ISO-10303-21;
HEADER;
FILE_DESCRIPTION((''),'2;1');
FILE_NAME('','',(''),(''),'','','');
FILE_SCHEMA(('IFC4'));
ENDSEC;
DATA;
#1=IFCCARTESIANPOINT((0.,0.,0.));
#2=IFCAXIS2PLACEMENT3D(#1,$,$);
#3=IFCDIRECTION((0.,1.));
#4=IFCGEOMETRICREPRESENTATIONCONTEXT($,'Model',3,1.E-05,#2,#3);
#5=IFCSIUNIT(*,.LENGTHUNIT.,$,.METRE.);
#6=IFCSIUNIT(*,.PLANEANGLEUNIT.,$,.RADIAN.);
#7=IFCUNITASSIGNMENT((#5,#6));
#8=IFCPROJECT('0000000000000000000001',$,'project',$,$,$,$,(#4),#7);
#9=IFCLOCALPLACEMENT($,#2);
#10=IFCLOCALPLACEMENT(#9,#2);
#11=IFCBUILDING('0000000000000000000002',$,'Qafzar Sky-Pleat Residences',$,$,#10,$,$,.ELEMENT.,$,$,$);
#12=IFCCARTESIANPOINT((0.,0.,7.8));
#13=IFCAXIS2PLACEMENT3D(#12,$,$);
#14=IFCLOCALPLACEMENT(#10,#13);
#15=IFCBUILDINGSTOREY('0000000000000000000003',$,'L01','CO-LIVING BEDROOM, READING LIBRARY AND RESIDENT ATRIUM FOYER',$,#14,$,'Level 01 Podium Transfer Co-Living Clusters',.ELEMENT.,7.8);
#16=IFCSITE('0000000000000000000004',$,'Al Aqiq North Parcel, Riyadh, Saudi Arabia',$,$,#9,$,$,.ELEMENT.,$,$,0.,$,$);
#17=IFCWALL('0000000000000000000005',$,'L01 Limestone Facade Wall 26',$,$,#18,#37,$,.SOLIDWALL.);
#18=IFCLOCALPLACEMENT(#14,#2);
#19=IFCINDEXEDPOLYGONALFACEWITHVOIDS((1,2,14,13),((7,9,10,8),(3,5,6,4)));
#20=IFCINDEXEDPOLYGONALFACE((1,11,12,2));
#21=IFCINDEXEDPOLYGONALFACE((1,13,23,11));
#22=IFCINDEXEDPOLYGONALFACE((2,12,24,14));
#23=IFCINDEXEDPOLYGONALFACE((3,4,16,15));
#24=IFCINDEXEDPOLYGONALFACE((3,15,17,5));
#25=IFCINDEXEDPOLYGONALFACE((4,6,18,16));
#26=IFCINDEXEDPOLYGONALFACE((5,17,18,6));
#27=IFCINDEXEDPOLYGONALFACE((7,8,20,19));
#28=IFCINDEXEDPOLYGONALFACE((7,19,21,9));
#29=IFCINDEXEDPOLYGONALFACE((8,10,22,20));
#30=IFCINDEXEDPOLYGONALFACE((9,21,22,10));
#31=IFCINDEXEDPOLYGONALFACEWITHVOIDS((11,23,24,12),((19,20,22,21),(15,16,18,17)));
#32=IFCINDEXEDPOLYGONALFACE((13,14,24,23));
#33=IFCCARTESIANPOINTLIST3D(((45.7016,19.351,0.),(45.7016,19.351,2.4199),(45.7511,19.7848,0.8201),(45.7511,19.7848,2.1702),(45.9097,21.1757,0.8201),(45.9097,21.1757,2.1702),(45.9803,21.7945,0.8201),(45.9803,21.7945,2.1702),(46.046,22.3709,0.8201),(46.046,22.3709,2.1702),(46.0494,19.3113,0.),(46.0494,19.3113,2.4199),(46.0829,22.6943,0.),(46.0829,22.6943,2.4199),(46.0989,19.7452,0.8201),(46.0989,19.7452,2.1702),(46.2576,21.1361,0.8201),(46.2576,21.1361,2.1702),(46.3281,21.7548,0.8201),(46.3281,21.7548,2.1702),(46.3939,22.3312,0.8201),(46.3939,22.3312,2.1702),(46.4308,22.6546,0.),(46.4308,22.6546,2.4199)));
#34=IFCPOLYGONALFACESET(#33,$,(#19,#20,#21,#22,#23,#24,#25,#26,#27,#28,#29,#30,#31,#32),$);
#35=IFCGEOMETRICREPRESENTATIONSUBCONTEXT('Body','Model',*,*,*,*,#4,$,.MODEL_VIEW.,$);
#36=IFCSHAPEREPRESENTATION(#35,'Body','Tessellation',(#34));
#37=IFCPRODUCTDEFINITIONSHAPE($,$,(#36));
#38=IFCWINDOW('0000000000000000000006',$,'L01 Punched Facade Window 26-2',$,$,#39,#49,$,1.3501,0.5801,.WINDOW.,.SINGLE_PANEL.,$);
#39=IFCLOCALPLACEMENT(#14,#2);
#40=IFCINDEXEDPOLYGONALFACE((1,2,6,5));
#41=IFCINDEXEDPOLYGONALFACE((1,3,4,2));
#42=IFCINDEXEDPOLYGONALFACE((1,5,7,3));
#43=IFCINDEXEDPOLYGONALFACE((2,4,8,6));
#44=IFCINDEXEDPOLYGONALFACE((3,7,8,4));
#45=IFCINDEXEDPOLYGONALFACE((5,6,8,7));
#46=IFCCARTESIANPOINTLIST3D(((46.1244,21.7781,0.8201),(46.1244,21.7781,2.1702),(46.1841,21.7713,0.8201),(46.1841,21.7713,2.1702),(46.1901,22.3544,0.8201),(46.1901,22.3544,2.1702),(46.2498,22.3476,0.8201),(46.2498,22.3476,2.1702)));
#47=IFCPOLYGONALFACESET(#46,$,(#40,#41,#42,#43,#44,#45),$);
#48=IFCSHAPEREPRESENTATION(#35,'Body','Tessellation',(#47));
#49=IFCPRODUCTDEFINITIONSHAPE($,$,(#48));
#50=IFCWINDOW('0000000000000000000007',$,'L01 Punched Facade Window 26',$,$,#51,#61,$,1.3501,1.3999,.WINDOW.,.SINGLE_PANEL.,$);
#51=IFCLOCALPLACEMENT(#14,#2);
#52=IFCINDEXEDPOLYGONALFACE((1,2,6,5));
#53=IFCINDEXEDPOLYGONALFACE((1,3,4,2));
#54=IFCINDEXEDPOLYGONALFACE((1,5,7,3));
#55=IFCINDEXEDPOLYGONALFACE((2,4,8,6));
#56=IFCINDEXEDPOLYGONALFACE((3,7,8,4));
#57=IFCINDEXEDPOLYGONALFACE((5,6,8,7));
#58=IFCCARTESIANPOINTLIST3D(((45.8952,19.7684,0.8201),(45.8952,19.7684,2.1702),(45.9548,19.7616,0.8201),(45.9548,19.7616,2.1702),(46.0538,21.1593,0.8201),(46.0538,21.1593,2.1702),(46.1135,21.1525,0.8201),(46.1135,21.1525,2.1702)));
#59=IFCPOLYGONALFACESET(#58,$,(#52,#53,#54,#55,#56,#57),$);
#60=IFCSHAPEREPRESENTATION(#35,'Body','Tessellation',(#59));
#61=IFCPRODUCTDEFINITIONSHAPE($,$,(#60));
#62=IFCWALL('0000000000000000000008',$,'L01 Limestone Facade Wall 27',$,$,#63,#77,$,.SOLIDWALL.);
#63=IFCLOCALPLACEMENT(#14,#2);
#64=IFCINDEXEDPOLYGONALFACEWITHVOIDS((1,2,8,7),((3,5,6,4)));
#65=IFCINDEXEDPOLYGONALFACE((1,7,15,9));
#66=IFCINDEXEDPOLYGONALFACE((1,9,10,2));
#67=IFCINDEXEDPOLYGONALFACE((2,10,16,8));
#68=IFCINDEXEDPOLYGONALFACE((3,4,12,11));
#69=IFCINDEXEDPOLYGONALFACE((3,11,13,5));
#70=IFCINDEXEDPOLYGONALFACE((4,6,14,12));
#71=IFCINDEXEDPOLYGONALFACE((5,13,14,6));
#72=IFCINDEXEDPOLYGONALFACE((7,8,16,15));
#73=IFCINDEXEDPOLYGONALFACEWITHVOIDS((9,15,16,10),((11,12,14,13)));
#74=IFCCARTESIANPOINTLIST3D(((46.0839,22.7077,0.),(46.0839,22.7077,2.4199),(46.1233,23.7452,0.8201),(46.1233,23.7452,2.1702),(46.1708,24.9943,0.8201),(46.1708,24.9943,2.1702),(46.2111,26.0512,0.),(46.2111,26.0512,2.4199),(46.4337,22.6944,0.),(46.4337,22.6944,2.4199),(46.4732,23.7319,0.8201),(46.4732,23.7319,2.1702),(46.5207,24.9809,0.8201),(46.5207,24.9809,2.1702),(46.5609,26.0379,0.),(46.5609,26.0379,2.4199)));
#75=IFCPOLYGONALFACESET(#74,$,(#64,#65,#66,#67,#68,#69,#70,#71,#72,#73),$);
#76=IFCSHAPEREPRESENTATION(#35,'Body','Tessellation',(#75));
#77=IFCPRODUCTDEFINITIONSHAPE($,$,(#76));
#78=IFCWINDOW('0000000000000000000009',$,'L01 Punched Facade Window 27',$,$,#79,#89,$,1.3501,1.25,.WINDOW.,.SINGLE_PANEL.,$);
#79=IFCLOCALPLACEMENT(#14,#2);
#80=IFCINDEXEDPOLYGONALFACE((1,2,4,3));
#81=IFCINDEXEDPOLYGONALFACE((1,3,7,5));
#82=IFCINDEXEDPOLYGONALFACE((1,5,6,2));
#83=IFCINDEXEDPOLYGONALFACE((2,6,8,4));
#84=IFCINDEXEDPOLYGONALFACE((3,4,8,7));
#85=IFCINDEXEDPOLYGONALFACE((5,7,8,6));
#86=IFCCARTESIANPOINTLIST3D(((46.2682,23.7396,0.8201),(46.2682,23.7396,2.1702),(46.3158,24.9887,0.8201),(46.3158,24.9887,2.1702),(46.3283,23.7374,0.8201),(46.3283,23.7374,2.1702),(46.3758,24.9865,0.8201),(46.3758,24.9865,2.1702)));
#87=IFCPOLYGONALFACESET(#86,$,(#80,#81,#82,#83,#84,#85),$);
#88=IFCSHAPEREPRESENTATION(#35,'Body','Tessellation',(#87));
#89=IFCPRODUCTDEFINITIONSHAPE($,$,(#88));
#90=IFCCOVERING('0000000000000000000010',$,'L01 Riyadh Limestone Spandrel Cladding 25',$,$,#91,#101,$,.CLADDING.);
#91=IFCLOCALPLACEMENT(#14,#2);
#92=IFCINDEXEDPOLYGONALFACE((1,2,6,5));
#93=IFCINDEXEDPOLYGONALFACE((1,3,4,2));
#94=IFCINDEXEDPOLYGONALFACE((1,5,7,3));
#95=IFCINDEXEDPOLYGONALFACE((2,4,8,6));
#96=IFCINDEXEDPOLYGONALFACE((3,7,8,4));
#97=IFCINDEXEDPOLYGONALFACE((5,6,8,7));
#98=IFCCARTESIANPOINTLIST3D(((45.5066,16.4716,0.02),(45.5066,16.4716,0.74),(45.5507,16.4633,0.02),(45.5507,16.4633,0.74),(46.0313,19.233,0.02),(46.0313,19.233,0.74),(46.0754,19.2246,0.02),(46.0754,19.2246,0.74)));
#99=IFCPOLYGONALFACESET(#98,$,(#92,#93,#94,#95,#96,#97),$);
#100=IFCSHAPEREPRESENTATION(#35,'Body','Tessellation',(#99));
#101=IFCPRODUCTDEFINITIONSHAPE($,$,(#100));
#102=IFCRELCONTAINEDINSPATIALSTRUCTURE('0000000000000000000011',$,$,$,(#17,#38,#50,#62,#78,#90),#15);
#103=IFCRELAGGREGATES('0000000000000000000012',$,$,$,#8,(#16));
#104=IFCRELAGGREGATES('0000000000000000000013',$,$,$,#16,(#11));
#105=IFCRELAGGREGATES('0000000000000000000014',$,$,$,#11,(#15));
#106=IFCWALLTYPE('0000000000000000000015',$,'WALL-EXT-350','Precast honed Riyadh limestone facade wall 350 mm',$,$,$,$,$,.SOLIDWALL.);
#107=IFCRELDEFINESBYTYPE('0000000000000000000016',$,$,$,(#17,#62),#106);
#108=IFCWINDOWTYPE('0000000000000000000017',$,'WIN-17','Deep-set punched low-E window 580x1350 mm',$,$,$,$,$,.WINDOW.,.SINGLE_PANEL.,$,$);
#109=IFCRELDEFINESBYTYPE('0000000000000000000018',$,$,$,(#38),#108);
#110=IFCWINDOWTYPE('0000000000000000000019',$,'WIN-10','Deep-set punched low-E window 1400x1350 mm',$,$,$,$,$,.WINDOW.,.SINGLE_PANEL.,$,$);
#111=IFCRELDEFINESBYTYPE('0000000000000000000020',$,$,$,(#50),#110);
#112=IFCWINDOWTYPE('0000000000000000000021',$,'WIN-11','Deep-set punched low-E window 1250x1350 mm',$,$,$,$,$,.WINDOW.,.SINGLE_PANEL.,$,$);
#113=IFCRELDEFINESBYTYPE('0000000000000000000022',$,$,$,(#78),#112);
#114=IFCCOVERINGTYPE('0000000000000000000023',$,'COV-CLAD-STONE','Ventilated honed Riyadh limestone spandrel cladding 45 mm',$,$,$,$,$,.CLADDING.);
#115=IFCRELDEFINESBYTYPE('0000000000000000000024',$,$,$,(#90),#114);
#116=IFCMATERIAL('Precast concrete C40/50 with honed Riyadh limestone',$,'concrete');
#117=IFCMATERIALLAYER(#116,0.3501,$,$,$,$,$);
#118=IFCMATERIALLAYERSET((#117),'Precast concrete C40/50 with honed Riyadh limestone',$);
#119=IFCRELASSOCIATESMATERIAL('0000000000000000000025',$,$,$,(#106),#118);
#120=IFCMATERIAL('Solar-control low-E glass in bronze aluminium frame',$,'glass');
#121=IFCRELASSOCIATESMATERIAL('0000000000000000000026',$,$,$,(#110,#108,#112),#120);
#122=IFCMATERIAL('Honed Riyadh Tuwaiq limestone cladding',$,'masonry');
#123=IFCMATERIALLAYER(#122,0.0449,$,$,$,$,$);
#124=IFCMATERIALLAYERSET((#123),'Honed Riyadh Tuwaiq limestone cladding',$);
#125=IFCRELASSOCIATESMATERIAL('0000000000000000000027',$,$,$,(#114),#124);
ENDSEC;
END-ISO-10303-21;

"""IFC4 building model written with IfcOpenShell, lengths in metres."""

from ifc_helpers import new_model, si_unit, direction, frame, frame_2d, origin, origin_2d, place, context, subcontext, project, spatial, rectangle, extrude, source, transform, mapped, material, layer, layer_set, type_object, element, fill, save


model = new_model("IFC4")

# Units and contexts
model_context = context("Model", 3, precision=1e-05, world=origin(), true_north=direction((0.0, 1.0)))
body_context = subcontext(model_context, "Body", "Model", "MODEL_VIEW")
ifc_project = project(units=[si_unit("LENGTHUNIT", "METRE"), si_unit("PLANEANGLEUNIT", "RADIAN")], contexts=[model_context])

# Site, building, storey
site_placement = place(None, origin())
site = spatial("IfcSite", under=ifc_project, at=site_placement, Name="Al Aqiq North Parcel, Riyadh, Saudi Arabia", CompositionType="ELEMENT", RefElevation=0.0)
building_placement = place(site_placement, origin())
building = spatial("IfcBuilding", under=site, at=building_placement, Name="Qafzar Sky-Pleat Residences", CompositionType="ELEMENT")
storey_placement = place(building_placement, frame((0.0, 0.0, 7.8)))
storey = spatial("IfcBuildingStorey", under=building, at=storey_placement, Name="L01", Description="CO-LIVING BEDROOM, READING LIBRARY AND RESIDENT ATRIUM FOYER", LongName="Level 01 Podium Transfer Co-Living Clusters", CompositionType="ELEMENT", Elevation=7.8)

# Shared definitions
ifc_material_1 = material(Name="Precast concrete C40/50 with honed Riyadh limestone", Category="concrete")
ifc_layer_1 = layer(ifc_material_1, 0.3501)
ifc_layer_set_1 = layer_set([ifc_layer_1], Name="Precast concrete C40/50 with honed Riyadh limestone")
wall_type_1 = type_object("IfcWallType", Name="WALL-EXT-350", Description="Precast honed Riyadh limestone facade wall 350 mm", PredefinedType="SOLIDWALL", material=ifc_layer_set_1)
ifc_material_2 = material(Name="Solar-control low-E glass in bronze aluminium frame", Category="glass")
window_type_1 = type_object("IfcWindowType", Name="WIN-10", Description="Deep-set punched low-E window 1400x1350 mm", PartitioningType="SINGLE_PANEL", PredefinedType="WINDOW", material=ifc_material_2)
shared_shape_1 = source(origin(), body_context, "Body", "SweptSolid", [
    extrude(rectangle(XDim=1.3999, YDim=1.3501, at=frame_2d((0.7, 0.675))), frame((0.0, 0.03, 0.0), z_axis=(0.0, -1.0, 0.0), x_axis=(1.0, 0.0, 0.0)), (0.0, 0.0, 1.0), 0.0601),
])

# Wall, openings, windows
wall_1_placement = place(storey_placement, frame((45.8755, 19.3311, 0.0), z_axis=(0.0, 0.0, 1.0), x_axis=(0.11333, 0.993557, 0.0)))
wall_1 = element("IfcWall", 1, at=wall_1_placement, inside=storey, type_object=wall_type_1, Name="L01 Limestone Facade Wall 26", PredefinedType="SOLIDWALL", context=body_context, shape_type="SweptSolid", body=[
    extrude(rectangle(XDim=3.365, YDim=0.3501, at=frame_2d((1.6826, 0.0))), origin(), (0.0, 0.0, 1.0), 2.4199),
])
opening_1_placement = place(wall_1_placement, frame((0.4368, 0.0, 0.8201)))
opening_1 = element("IfcOpeningElement", 2, at=opening_1_placement, cuts=wall_1, PredefinedType="OPENING", context=body_context, shape_type="SweptSolid", body=[
    extrude(rectangle(XDim=1.3999, YDim=1.3501, at=frame_2d((0.7, 0.675))), frame((0.0, 0.1851, 0.0), z_axis=(0.0, -1.0, 0.0), x_axis=(1.0, 0.0, 0.0)), (0.0, 0.0, 1.0), 0.3701),
])
opening_2_placement = place(wall_1_placement, frame((2.4595, 0.0, 0.8201)))
opening_2 = element("IfcOpeningElement", 3, at=opening_2_placement, cuts=wall_1, PredefinedType="OPENING", context=body_context, shape_type="SweptSolid", body=[
    extrude(rectangle(XDim=0.5801, YDim=1.3501, at=frame_2d((0.29, 0.675))), frame((0.0, 0.1851, 0.0), z_axis=(0.0, -1.0, 0.0), x_axis=(1.0, 0.0, 0.0)), (0.0, 0.0, 1.0), 0.3701),
])
window_type_2 = type_object("IfcWindowType", Name="WIN-17", Description="Deep-set punched low-E window 580x1350 mm", PartitioningType="SINGLE_PANEL", PredefinedType="WINDOW", material=ifc_material_2)
shared_shape_2 = source(origin(), body_context, "Body", "SweptSolid", [
    extrude(rectangle(XDim=0.5801, YDim=1.3501, at=frame_2d((0.29, 0.675))), frame((0.0, 0.03, 0.0), z_axis=(0.0, -1.0, 0.0), x_axis=(1.0, 0.0, 0.0)), (0.0, 0.0, 1.0), 0.0601),
])
window_1_placement = place(opening_2_placement, origin())
window_1 = element("IfcWindow", 4, at=window_1_placement, inside=storey, type_object=window_type_2, Name="L01 Punched Facade Window 26-2", OverallHeight=1.3501, OverallWidth=0.5801, PartitioningType="SINGLE_PANEL", PredefinedType="WINDOW", context=body_context, shape_type="MappedRepresentation", body=[
    mapped(shared_shape_2, transform((0.0, 0.0, 0.0), x_axis=(1.0, 0.0, 0.0), y_axis=(0.0, 1.0, 0.0), z_axis=(0.0, 0.0, 1.0), scale=1.0)),
])
fill(opening_2, window_1)
window_2_placement = place(opening_1_placement, origin())
window_2 = element("IfcWindow", 5, at=window_2_placement, inside=storey, type_object=window_type_1, Name="L01 Punched Facade Window 26", OverallHeight=1.3501, OverallWidth=1.3999, PartitioningType="SINGLE_PANEL", PredefinedType="WINDOW", context=body_context, shape_type="MappedRepresentation", body=[
    mapped(shared_shape_1, transform((0.0, 0.0, 0.0), x_axis=(1.0, 0.0, 0.0), y_axis=(0.0, 1.0, 0.0), z_axis=(0.0, 0.0, 1.0), scale=1.0)),
])
fill(opening_1, window_2)

# Wall, opening, window
wall_2_placement = place(storey_placement, frame((46.2588, 22.7012, 0.0), z_axis=(0.0, 0.0, 1.0), x_axis=(0.038016, 0.999277, 0.0)))
wall_2 = element("IfcWall", 6, at=wall_2_placement, inside=storey, type_object=wall_type_1, Name="L01 Limestone Facade Wall 27", PredefinedType="SOLIDWALL", context=body_context, shape_type="SweptSolid", body=[
    extrude(rectangle(XDim=3.3459, YDim=0.3501, at=frame_2d((1.6729, 0.0))), origin(), (0.0, 0.0, 1.0), 2.4199),
])
opening_3_placement = place(wall_2_placement, frame((1.0381, 0.0, 0.8201)))
opening_3 = element("IfcOpeningElement", 7, at=opening_3_placement, cuts=wall_2, PredefinedType="OPENING", context=body_context, shape_type="SweptSolid", body=[
    extrude(rectangle(XDim=1.25, YDim=1.3501, at=frame_2d((0.625, 0.675))), frame((0.0, 0.1851, 0.0), z_axis=(0.0, -1.0, 0.0), x_axis=(1.0, 0.0, 0.0)), (0.0, 0.0, 1.0), 0.3701),
])
window_type_3 = type_object("IfcWindowType", Name="WIN-11", Description="Deep-set punched low-E window 1250x1350 mm", PartitioningType="SINGLE_PANEL", PredefinedType="WINDOW", material=ifc_material_2)
shared_shape_3 = source(origin(), body_context, "Body", "SweptSolid", [
    extrude(rectangle(XDim=1.25, YDim=1.3501, at=frame_2d((0.625, 0.675))), frame((0.0, 0.03, 0.0), z_axis=(0.0, -1.0, 0.0), x_axis=(1.0, 0.0, 0.0)), (0.0, 0.0, 1.0), 0.0601),
])
window_3_placement = place(opening_3_placement, origin())
window_3 = element("IfcWindow", 8, at=window_3_placement, inside=storey, type_object=window_type_3, Name="L01 Punched Facade Window 27", OverallHeight=1.3501, OverallWidth=1.25, PartitioningType="SINGLE_PANEL", PredefinedType="WINDOW", context=body_context, shape_type="MappedRepresentation", body=[
    mapped(shared_shape_3, transform((0.0, 0.0, 0.0), x_axis=(1.0, 0.0, 0.0), y_axis=(0.0, 1.0, 0.0), z_axis=(0.0, 0.0, 1.0), scale=1.0)),
])
fill(opening_3, window_3)

# Covering
ifc_material_3 = material(Name="Honed Riyadh Tuwaiq limestone cladding", Category="masonry")
ifc_layer_2 = layer(ifc_material_3, 0.0449)
ifc_layer_set_2 = layer_set([ifc_layer_2], Name="Honed Riyadh Tuwaiq limestone cladding")
covering_type = type_object("IfcCoveringType", Name="COV-CLAD-STONE", Description="Ventilated honed Riyadh limestone spandrel cladding 45 mm", PredefinedType="CLADDING", material=ifc_layer_set_2)
shared_shape_4 = source(origin(), body_context, "Body", "SweptSolid", [
    extrude(rectangle(XDim=2.8108, YDim=0.0449, at=origin_2d()), origin(), (0.0, 0.0, 1.0), 0.72),
])
covering_placement = place(storey_placement, frame((45.791, 17.8481, 0.02), z_axis=(0.0, 0.0, 1.0), x_axis=(0.186679, 0.982421, 0.0)))
element("IfcCovering", 9, at=covering_placement, inside=storey, type_object=covering_type, Name="L01 Riyadh Limestone Spandrel Cladding 25", PredefinedType="CLADDING", context=body_context, shape_type="MappedRepresentation", body=[
    mapped(shared_shape_4, transform((0.0, 0.0, 0.0), x_axis=(1.0, 0.0, 0.0), y_axis=(0.0, 1.0, 0.0), z_axis=(0.0, 0.0, 1.0), scale=1.0)),
])

save(model, "model.ifc")
